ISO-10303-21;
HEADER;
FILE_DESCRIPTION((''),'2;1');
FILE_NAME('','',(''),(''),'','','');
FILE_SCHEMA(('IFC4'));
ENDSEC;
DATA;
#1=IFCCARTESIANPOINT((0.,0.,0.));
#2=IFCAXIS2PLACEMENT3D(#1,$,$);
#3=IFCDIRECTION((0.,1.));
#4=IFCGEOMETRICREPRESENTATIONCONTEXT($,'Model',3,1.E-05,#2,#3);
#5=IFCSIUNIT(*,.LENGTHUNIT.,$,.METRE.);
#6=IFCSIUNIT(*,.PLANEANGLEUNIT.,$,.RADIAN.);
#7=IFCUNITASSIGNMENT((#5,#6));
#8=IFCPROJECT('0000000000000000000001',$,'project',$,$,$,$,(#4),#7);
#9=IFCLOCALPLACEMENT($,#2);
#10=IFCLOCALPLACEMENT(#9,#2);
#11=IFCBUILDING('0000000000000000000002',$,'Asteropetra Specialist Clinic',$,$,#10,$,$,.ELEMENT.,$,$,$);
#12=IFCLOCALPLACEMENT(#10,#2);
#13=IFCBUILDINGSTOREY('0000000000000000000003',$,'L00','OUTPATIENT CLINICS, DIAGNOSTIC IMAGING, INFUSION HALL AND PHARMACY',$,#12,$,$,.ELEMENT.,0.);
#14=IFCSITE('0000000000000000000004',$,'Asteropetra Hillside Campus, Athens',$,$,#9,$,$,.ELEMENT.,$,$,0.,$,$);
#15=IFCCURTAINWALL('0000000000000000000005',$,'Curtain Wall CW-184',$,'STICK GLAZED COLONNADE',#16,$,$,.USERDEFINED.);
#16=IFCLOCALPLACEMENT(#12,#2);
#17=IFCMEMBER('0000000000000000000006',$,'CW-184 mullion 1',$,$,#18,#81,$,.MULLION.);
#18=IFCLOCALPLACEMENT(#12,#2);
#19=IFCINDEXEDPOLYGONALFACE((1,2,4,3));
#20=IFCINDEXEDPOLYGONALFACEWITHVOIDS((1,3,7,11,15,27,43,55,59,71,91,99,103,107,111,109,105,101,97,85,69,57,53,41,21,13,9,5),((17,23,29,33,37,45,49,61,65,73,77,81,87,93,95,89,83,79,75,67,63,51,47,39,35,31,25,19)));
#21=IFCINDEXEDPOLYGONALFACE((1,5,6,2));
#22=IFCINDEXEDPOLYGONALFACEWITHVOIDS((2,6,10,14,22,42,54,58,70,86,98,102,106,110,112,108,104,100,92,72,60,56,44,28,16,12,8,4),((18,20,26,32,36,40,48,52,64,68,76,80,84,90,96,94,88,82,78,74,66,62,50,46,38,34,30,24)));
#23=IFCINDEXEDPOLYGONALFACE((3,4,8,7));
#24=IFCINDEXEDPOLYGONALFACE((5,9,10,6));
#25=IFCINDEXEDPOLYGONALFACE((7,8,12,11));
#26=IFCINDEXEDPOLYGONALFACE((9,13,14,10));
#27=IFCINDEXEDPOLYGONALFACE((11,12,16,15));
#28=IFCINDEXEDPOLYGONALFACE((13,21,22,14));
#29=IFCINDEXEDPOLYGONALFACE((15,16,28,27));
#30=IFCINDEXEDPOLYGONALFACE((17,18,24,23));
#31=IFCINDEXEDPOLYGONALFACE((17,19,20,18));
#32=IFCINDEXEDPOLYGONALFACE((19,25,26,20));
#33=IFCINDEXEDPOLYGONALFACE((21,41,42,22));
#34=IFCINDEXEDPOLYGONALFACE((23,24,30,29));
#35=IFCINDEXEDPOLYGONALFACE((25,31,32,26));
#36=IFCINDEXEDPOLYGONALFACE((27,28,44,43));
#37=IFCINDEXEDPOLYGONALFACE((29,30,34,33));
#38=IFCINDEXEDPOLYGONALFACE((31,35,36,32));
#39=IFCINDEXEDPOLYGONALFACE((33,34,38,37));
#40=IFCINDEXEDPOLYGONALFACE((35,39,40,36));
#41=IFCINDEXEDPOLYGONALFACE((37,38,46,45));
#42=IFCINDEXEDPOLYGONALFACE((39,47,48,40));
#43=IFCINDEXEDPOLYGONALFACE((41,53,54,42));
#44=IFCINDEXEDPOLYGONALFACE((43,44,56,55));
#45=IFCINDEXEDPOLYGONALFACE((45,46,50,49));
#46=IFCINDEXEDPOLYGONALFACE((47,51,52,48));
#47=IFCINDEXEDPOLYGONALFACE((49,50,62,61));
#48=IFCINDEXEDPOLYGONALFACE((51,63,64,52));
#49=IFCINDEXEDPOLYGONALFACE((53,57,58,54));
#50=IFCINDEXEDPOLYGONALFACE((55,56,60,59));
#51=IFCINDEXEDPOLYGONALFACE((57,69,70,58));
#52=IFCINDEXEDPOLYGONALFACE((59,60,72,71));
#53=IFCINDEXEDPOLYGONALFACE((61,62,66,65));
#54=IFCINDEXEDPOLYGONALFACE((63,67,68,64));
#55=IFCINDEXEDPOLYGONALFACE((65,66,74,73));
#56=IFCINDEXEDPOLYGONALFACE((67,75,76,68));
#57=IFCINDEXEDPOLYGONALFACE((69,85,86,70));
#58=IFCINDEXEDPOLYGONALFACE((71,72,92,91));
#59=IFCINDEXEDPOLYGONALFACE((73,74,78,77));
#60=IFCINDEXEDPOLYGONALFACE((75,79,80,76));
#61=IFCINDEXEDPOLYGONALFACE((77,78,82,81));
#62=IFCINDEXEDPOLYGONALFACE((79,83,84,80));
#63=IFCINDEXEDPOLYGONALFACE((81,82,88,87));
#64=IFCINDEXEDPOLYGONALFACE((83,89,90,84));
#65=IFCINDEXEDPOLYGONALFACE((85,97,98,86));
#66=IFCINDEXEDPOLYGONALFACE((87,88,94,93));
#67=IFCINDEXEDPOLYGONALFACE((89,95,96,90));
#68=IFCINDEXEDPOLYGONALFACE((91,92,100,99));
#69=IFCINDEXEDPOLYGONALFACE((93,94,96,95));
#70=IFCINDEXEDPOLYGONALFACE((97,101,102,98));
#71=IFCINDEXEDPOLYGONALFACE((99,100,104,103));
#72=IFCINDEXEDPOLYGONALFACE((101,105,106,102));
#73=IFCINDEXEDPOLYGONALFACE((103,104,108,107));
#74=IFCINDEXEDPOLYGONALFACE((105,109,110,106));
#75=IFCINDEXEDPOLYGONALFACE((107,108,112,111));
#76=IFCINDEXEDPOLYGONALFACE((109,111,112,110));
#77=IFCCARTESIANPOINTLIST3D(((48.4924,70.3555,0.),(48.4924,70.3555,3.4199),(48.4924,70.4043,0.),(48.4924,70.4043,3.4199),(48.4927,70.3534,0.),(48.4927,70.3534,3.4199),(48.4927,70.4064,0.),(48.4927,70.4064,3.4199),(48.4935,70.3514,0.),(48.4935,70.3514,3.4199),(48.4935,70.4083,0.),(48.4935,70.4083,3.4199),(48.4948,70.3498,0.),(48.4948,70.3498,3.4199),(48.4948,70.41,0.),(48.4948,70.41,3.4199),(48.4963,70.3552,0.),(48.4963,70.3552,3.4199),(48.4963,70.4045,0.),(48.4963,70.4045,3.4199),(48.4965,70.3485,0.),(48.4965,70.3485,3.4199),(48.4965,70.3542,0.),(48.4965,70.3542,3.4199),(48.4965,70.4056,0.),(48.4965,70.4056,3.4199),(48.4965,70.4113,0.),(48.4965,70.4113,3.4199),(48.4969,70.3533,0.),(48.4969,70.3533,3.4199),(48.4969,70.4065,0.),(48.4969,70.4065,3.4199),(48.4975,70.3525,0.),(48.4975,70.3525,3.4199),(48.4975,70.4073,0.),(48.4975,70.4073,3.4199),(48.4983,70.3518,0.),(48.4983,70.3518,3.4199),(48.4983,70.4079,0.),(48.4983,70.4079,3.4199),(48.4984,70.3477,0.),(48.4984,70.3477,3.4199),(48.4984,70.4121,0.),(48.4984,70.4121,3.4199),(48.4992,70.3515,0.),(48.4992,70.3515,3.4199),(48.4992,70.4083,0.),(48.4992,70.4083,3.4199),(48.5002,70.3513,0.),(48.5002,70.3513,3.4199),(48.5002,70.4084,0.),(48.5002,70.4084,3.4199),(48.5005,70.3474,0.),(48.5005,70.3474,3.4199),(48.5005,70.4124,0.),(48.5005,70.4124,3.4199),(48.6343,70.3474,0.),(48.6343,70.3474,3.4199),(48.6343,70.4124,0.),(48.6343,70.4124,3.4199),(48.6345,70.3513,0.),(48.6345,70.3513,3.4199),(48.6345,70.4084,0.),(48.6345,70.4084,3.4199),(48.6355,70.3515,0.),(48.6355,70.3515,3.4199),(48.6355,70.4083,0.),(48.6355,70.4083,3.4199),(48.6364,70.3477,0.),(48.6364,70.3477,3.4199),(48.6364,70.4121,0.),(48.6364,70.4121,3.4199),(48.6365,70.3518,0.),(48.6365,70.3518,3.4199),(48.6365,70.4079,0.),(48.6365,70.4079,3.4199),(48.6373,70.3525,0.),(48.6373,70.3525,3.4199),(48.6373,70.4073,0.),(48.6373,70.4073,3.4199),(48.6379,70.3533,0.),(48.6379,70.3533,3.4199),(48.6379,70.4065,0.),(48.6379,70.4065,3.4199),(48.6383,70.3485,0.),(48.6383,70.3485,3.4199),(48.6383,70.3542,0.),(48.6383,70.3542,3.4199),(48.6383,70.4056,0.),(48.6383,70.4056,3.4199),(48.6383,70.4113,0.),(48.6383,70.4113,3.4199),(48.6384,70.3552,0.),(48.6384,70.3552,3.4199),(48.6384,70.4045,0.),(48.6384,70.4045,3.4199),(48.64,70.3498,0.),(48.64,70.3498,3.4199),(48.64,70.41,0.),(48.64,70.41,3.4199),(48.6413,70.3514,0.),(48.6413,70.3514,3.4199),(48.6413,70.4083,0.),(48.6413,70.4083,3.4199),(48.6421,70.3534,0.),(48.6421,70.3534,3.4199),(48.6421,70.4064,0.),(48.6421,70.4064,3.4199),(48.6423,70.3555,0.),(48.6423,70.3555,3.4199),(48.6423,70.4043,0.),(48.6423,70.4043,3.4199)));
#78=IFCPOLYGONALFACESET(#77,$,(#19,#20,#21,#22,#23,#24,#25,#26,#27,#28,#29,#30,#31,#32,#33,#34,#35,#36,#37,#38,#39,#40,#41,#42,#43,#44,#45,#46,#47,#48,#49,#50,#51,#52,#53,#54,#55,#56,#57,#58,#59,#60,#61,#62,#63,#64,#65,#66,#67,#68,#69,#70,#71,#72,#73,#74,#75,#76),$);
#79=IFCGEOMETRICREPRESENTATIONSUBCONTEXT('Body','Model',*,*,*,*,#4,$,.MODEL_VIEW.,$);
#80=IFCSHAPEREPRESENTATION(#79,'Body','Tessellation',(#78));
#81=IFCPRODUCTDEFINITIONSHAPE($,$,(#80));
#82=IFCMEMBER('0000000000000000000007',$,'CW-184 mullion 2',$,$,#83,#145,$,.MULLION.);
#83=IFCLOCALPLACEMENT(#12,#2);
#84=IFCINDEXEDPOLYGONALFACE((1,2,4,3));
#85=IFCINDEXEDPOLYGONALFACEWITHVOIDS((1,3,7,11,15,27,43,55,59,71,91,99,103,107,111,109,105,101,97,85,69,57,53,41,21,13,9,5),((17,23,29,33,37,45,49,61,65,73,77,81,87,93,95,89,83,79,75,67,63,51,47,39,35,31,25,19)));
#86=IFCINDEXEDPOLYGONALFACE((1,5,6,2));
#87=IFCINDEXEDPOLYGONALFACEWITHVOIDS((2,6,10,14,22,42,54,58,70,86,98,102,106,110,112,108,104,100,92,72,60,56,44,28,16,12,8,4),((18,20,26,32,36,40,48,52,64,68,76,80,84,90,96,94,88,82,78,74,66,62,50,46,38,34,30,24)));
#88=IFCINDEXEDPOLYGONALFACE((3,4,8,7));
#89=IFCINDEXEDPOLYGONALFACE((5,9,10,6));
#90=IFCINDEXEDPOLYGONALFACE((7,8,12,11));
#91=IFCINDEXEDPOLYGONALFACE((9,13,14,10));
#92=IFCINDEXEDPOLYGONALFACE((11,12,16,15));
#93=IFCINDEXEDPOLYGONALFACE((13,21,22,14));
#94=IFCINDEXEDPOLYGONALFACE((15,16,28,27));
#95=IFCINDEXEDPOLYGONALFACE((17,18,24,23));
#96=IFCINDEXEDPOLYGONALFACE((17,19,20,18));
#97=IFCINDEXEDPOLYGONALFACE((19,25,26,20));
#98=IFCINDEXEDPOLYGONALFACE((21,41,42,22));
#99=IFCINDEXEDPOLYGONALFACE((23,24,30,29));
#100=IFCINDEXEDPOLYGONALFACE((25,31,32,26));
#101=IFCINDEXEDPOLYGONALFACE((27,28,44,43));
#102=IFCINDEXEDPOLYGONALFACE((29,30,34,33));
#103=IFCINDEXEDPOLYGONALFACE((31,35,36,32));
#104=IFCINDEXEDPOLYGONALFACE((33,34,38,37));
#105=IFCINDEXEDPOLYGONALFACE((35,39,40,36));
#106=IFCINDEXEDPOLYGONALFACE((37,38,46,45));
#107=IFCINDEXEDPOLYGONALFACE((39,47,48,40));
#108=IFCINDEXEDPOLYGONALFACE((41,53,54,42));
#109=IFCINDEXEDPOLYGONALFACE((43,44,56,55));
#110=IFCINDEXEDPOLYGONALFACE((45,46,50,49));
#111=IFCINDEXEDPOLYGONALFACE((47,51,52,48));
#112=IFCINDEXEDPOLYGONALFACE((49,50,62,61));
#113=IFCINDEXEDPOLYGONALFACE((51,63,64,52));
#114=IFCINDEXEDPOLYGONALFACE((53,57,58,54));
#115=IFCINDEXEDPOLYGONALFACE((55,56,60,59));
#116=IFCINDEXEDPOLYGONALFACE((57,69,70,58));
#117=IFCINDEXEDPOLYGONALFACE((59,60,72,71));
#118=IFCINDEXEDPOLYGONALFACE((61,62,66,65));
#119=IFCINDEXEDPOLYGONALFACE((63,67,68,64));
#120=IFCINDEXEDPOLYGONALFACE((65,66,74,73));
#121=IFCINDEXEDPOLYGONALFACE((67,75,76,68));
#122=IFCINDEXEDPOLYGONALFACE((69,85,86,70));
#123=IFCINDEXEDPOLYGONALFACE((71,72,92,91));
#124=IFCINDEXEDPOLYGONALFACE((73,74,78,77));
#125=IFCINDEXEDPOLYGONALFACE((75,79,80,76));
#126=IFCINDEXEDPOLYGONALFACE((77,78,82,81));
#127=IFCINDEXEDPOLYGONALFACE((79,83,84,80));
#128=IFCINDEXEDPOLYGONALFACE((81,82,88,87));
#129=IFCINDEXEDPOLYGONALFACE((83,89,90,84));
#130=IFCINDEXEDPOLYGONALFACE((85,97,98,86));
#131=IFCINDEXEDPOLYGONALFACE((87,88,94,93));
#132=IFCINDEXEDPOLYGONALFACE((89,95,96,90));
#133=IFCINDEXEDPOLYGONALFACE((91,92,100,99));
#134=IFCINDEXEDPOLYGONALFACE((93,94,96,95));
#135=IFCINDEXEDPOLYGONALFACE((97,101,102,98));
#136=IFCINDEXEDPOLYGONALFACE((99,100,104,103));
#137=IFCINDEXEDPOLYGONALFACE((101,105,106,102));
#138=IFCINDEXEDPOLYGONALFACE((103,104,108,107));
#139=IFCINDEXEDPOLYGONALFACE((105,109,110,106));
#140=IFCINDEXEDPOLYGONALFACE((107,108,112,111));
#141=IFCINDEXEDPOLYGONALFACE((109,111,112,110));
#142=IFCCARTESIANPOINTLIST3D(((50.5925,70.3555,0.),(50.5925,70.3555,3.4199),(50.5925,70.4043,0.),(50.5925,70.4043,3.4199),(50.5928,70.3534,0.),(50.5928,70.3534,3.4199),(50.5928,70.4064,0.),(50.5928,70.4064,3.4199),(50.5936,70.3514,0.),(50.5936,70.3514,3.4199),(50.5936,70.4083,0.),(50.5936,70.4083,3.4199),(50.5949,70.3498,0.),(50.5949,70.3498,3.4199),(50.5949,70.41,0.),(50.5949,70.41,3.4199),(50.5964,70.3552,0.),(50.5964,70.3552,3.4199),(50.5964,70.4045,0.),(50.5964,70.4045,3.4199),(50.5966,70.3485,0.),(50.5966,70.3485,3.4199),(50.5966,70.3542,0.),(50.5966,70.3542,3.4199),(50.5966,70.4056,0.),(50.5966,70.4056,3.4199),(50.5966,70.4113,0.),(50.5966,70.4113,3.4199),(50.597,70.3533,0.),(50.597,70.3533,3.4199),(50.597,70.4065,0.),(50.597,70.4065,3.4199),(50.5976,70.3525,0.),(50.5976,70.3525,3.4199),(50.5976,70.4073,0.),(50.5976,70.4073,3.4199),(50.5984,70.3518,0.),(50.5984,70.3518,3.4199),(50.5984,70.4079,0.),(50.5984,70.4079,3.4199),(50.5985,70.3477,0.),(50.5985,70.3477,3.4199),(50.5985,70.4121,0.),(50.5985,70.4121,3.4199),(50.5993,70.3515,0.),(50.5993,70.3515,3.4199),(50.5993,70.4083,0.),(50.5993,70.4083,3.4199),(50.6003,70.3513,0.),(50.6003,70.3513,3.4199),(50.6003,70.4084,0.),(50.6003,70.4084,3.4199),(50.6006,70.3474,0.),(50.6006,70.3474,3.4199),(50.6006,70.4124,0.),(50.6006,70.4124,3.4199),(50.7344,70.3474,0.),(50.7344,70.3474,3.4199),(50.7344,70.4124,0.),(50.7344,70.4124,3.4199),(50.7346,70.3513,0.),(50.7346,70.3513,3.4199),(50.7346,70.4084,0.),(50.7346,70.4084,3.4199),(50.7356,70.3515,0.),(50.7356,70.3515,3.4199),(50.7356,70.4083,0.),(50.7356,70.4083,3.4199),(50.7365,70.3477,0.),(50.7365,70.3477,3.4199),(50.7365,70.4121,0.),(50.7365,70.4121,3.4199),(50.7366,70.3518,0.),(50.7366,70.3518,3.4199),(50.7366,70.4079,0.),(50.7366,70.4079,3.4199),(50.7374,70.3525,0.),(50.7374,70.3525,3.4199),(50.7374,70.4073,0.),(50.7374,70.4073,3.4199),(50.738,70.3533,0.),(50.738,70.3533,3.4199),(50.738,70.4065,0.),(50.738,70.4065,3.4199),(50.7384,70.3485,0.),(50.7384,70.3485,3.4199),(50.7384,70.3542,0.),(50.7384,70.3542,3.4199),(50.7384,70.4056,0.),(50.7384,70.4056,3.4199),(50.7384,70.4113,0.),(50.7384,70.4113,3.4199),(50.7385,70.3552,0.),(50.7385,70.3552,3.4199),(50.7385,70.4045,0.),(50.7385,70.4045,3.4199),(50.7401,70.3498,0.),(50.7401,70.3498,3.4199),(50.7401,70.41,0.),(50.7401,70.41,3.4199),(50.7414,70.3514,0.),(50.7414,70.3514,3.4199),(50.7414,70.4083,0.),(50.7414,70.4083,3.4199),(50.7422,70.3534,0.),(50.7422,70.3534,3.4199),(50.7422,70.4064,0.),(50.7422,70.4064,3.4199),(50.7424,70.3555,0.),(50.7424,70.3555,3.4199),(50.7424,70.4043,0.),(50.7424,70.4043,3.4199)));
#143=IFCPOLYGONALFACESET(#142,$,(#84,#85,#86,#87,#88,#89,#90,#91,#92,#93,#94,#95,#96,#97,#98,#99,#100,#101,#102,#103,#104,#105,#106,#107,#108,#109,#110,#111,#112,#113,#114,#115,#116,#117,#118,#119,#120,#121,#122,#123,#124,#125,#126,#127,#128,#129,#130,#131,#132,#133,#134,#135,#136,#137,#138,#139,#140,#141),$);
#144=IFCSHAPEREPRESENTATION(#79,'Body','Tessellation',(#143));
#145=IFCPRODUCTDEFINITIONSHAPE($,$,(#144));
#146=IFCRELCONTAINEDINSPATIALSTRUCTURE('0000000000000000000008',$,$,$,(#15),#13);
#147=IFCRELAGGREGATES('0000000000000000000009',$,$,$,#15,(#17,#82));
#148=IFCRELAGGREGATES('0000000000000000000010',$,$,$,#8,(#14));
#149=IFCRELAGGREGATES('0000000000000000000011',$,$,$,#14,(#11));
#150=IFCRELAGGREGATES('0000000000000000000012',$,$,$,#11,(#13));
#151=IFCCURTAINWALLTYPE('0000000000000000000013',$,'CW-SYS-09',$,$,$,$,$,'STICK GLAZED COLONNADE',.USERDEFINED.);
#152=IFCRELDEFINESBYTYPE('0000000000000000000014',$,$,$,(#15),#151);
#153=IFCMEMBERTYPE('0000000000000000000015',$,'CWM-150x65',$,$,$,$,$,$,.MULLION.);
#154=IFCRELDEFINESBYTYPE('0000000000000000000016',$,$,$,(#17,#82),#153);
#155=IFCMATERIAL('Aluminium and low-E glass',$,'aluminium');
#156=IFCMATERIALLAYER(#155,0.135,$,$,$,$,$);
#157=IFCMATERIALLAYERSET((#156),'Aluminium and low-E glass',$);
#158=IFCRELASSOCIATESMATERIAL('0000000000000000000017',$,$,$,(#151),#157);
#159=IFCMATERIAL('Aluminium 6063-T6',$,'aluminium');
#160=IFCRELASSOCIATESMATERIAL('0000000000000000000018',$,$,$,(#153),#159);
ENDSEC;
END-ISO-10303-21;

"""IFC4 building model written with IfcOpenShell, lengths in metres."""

from ifc_helpers import new_model, si_unit, direction, frame, origin, origin_2d, place, context, subcontext, project, spatial, hollow_rectangle, extrude, material, layer, layer_set, material_profile, profile_set, type_object, element, aggregate, save


model = new_model("IFC4")

# Units and contexts
model_context = context("Model", 3, precision=1e-05, world=origin(), true_north=direction((0.0, 1.0)))
body_context = subcontext(model_context, "Body", "Model", "MODEL_VIEW")
ifc_project = project(units=[si_unit("LENGTHUNIT", "METRE"), si_unit("PLANEANGLEUNIT", "RADIAN")], contexts=[model_context])

# Site, building, storey
site_placement = place(None, origin())
site = spatial("IfcSite", under=ifc_project, at=site_placement, Name="Asteropetra Hillside Campus, Athens", CompositionType="ELEMENT", RefElevation=0.0)
building_placement = place(site_placement, origin())
building = spatial("IfcBuilding", under=site, at=building_placement, Name="Asteropetra Specialist Clinic", CompositionType="ELEMENT")
storey_placement = place(building_placement, origin())
storey = spatial("IfcBuildingStorey", under=building, at=storey_placement, Name="L00", Description="OUTPATIENT CLINICS, DIAGNOSTIC IMAGING, INFUSION HALL AND PHARMACY", CompositionType="ELEMENT", Elevation=0.0)

# Curtain wall, members
ifc_material_1 = material(Name="Aluminium and low-E glass", Category="aluminium")
ifc_layer_1 = layer(ifc_material_1, 0.135)
ifc_layer_set_1 = layer_set([ifc_layer_1], Name="Aluminium and low-E glass")
curtain_wall_type_1 = type_object("IfcCurtainWallType", Name="CW-SYS-09", ElementType="STICK GLAZED COLONNADE", PredefinedType="USERDEFINED", material=ifc_layer_set_1)
curtain_wall_1_placement = place(storey_placement, origin())
curtain_wall_1 = element("IfcCurtainWall", 1, at=curtain_wall_1_placement, inside=storey, type_object=curtain_wall_type_1, Name="Curtain Wall CW-184", ObjectType="STICK GLAZED COLONNADE", PredefinedType="USERDEFINED")
ifc_material_2 = material(Name="Aluminium 6063-T6", Category="aluminium")
ifc_material_profile_1 = material_profile(ifc_material_2, hollow_rectangle(XDim=0.0649, YDim=0.1499, WallThickness=0.0039, InnerFilletRadius=0.0039, OuterFilletRadius=0.0081, at=origin_2d()), Name="MUL 150x65x4.0")
ifc_profile_set_1 = profile_set([ifc_material_profile_1], Name="Aluminium 6063-T6")
member_type_1 = type_object("IfcMemberType", Name="CWM-150x65", PredefinedType="MULLION", material=ifc_profile_set_1)
member_1_placement = place(storey_placement, frame((48.5674, 70.3799, 0.0), z_axis=(0.0, 0.0, 1.0), x_axis=(0.0, 1.0, 0.0)))
member_1 = element("IfcMember", 2, at=member_1_placement, type_object=member_type_1, Name="CW-184 mullion 1", PredefinedType="MULLION", context=body_context, shape_type="SweptSolid", body=[
    extrude(hollow_rectangle(XDim=0.0649, YDim=0.1499, WallThickness=0.0039, InnerFilletRadius=0.0039, OuterFilletRadius=0.0081, at=origin_2d()), origin(), (0.0, 0.0, 1.0), 3.4199),
])
member_2_placement = place(storey_placement, frame((50.6675, 70.3799, 0.0), z_axis=(0.0, 0.0, 1.0), x_axis=(0.0, 1.0, 0.0)))
member_2 = element("IfcMember", 3, at=member_2_placement, type_object=member_type_1, Name="CW-184 mullion 2", PredefinedType="MULLION", context=body_context, shape_type="SweptSolid", body=[
    extrude(hollow_rectangle(XDim=0.0649, YDim=0.1499, WallThickness=0.0039, InnerFilletRadius=0.0039, OuterFilletRadius=0.0081, at=origin_2d()), origin(), (0.0, 0.0, 1.0), 3.4199),
])

aggregate(curtain_wall_1, [member_1, member_2])

save(model, "model.ifc")
